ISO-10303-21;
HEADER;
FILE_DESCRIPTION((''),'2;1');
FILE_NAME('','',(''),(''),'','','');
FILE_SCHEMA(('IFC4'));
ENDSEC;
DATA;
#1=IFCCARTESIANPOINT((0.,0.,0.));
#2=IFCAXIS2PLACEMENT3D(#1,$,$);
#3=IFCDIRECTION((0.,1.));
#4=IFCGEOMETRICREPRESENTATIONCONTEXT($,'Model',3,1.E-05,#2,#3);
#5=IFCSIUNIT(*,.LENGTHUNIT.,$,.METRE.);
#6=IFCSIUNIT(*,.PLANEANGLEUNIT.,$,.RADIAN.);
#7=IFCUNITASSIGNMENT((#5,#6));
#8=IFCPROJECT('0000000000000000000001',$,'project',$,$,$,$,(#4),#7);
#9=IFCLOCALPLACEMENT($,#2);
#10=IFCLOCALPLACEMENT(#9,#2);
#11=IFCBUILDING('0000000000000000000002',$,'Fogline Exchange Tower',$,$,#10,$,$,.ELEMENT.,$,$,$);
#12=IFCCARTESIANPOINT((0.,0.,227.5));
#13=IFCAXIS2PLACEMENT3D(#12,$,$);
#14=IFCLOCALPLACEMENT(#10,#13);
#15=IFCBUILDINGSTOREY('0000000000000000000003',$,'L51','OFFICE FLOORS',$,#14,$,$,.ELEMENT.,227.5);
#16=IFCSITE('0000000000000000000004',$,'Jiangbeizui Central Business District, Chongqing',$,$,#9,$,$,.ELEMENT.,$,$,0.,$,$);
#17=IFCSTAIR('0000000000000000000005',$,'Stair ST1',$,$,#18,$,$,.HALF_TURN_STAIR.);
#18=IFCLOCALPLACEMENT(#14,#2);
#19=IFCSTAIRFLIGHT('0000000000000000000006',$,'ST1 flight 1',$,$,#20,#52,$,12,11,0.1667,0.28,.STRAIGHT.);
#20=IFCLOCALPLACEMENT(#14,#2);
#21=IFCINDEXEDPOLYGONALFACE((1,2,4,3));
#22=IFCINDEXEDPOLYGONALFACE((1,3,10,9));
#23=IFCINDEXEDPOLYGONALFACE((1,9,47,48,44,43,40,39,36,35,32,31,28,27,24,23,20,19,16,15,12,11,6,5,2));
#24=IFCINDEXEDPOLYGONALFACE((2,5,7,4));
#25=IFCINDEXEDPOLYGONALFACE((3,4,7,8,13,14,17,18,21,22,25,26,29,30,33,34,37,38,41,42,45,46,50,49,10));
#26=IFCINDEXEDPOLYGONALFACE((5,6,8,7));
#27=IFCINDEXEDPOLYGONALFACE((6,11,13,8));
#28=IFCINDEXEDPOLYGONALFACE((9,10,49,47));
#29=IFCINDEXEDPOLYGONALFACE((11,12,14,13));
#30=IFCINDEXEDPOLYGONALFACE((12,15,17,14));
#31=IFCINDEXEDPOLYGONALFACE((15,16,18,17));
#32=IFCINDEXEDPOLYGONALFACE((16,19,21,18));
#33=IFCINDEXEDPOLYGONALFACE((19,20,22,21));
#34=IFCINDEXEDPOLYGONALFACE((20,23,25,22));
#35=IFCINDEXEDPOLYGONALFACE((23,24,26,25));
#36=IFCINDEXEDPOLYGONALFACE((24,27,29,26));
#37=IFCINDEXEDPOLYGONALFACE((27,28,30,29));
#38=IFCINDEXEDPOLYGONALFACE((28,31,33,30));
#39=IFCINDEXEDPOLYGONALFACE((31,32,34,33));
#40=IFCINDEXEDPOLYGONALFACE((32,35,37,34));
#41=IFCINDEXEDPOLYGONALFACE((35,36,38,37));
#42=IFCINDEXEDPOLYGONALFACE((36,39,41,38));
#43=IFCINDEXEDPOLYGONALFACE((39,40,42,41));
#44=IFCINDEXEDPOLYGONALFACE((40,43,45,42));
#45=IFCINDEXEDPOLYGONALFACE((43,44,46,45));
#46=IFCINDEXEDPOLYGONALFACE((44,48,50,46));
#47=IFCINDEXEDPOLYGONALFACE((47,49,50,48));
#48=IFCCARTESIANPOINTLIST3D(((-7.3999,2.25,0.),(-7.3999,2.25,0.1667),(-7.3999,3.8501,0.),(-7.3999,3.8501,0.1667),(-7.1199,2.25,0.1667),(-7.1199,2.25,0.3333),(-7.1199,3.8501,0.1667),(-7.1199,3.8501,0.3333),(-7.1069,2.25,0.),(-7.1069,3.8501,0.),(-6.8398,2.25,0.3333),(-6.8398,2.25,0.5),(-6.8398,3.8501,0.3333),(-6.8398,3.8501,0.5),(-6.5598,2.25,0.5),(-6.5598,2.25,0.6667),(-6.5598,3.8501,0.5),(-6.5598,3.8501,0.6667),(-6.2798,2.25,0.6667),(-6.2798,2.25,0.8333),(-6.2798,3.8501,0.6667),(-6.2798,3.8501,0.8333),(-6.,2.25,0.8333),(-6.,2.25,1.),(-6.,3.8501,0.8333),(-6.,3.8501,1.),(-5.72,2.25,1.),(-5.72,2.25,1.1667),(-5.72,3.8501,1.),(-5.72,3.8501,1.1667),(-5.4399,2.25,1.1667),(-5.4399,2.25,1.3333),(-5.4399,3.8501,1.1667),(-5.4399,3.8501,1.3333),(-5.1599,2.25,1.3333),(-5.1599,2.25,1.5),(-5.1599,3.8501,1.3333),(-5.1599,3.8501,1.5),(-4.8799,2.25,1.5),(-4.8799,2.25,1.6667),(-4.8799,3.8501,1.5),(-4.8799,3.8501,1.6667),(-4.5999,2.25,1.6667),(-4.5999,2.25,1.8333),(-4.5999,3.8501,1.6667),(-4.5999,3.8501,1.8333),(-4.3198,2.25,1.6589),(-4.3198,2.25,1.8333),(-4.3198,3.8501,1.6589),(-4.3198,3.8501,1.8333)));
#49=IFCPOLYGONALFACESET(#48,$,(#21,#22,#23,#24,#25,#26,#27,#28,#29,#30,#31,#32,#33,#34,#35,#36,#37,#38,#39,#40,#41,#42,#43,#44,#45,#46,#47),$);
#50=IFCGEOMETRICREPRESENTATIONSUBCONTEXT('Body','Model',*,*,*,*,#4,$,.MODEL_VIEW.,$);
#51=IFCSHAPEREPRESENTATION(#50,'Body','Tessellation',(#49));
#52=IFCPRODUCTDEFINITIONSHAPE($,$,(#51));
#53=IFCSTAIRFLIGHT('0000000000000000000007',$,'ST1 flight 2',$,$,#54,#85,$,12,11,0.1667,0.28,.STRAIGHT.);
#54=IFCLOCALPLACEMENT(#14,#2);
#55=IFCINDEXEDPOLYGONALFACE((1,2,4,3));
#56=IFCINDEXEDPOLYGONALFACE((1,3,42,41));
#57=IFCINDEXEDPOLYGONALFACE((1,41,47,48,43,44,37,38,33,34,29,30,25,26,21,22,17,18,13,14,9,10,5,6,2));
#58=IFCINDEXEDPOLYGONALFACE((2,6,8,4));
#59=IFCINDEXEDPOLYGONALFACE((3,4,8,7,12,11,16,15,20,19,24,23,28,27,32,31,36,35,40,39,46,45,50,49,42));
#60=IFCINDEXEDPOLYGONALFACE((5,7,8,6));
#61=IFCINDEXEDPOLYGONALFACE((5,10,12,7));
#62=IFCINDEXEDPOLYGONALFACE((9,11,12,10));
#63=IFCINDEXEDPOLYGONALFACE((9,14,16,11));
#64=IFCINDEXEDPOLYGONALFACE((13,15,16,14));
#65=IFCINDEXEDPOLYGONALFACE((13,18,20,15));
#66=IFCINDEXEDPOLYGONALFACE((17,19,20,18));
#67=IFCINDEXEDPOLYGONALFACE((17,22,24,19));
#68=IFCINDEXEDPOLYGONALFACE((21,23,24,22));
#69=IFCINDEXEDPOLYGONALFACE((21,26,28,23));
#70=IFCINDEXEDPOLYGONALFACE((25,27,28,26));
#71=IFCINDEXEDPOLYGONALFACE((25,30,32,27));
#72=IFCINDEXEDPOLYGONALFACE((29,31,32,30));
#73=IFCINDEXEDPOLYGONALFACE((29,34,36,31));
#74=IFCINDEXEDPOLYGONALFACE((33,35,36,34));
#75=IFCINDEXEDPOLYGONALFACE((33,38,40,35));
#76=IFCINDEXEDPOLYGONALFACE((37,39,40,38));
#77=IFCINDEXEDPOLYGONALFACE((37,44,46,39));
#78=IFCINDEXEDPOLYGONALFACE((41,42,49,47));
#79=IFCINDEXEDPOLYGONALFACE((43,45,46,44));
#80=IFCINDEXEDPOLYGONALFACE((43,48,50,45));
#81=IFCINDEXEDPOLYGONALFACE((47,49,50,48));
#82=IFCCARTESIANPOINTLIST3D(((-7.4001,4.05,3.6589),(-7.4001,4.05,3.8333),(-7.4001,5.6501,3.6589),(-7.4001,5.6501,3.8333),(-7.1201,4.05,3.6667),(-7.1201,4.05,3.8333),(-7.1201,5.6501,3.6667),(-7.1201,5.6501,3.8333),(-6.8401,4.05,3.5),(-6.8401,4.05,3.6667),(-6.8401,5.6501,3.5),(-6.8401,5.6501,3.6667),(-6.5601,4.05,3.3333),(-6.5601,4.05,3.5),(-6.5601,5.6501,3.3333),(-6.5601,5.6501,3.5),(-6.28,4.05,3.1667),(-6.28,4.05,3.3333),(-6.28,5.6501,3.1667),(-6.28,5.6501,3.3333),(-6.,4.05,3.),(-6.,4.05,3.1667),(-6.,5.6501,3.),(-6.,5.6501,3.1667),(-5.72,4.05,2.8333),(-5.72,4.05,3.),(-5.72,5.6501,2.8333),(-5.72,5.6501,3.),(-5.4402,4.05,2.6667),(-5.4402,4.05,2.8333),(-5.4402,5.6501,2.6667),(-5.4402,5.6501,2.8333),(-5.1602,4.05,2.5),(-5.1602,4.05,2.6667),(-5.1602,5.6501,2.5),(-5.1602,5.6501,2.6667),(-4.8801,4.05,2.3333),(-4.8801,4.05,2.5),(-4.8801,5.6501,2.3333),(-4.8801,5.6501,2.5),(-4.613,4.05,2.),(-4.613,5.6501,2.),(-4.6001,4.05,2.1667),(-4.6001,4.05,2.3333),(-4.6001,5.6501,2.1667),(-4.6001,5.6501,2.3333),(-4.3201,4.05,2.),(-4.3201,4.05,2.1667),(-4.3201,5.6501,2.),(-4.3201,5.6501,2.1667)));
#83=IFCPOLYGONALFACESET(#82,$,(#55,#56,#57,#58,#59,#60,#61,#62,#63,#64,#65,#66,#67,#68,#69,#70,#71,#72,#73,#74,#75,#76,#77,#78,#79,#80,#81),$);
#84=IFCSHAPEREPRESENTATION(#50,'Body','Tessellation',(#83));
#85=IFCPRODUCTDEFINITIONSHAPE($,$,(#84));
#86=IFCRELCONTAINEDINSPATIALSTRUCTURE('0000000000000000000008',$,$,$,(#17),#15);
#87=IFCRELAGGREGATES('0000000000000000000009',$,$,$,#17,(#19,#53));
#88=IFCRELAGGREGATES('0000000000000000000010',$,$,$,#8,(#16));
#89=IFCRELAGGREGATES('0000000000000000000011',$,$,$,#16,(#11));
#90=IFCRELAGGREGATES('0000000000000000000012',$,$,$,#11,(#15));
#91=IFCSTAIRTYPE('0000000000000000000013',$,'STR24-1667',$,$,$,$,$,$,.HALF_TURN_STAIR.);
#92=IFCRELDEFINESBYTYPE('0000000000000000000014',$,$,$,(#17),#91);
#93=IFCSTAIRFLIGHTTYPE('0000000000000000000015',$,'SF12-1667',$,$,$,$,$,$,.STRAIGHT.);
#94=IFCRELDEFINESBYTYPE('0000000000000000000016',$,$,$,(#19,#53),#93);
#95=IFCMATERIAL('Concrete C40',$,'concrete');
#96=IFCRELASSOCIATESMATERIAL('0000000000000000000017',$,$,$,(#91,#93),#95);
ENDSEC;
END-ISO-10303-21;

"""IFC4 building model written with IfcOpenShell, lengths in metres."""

from ifc_helpers import new_model, si_unit, direction, frame, origin, place, context, subcontext, project, spatial, polyline, outline, extrude, material, type_object, element, aggregate, save


model = new_model("IFC4")

# Units and contexts
model_context = context("Model", 3, precision=1e-05, world=origin(), true_north=direction((0.0, 1.0)))
body_context = subcontext(model_context, "Body", "Model", "MODEL_VIEW")
ifc_project = project(units=[si_unit("LENGTHUNIT", "METRE"), si_unit("PLANEANGLEUNIT", "RADIAN")], contexts=[model_context])

# Site, building, storey
site_placement = place(None, origin())
site = spatial("IfcSite", under=ifc_project, at=site_placement, Name="Jiangbeizui Central Business District, Chongqing", CompositionType="ELEMENT", RefElevation=0.0)
building_placement = place(site_placement, origin())
building = spatial("IfcBuilding", under=site, at=building_placement, Name="Fogline Exchange Tower", CompositionType="ELEMENT")
storey_placement = place(building_placement, frame((0.0, 0.0, 227.5)))
storey = spatial("IfcBuildingStorey", under=building, at=storey_placement, Name="L51", Description="OFFICE FLOORS", CompositionType="ELEMENT", Elevation=227.5)

# Shared definitions
ifc_material_1 = material(Name="Concrete C40", Category="concrete")

# Stair, stair flights
stair_type = type_object("IfcStairType", Name="STR24-1667", PredefinedType="HALF_TURN_STAIR", material=ifc_material_1)
stair_placement = place(storey_placement, origin())
stair = element("IfcStair", 1, at=stair_placement, inside=storey, type_object=stair_type, Name="Stair ST1", PredefinedType="HALF_TURN_STAIR")
stair_flight_type = type_object("IfcStairFlightType", Name="SF12-1667", PredefinedType="STRAIGHT", material=ifc_material_1)
stair_flight_1_placement = place(storey_placement, frame((-7.3999, 3.05, 0.0), z_axis=(0.0, 0.0, 1.0), x_axis=(1.0, 0.0, 0.0)))
stair_flight_1 = element("IfcStairFlight", 2, at=stair_flight_1_placement, type_object=stair_flight_type, Name="ST1 flight 1", NumberOfRisers=12, NumberOfTreads=11, PredefinedType="STRAIGHT", RiserHeight=0.1667, TreadLength=0.28, context=body_context, shape_type="SweptSolid", body=[
    extrude(outline(polyline([(0.0, 0.0), (0.0, 0.1667), (0.28, 0.1667), (0.28, 0.3333), (0.5601, 0.3333), (0.5601, 0.5), (0.8401, 0.5), (0.8401, 0.6667), (1.1201, 0.6667), (1.1201, 0.8333), (1.3999, 0.8333), (1.3999, 1.0), (1.6799, 1.0), (1.6799, 1.1667), (1.96, 1.1667), (1.96, 1.3333), (2.24, 1.3333), (2.24, 1.5), (2.52, 1.5), (2.52, 1.6667), (2.8, 1.6667), (2.8, 1.8333), (3.0801, 1.8333), (3.0801, 2.0), (3.0801, 1.6589), (0.293, 0.0), (0.0, 0.0)])), frame((0.0, 0.8, 0.0), z_axis=(0.0, -1.0, 0.0), x_axis=(1.0, 0.0, 0.0)), (0.0, 0.0, 1.0), 1.6001),
])
stair_flight_2_placement = place(storey_placement, frame((-4.3201, 4.8501, 2.0), z_axis=(0.0, 0.0, 1.0), x_axis=(-1.0, 0.0, 0.0)))
stair_flight_2 = element("IfcStairFlight", 3, at=stair_flight_2_placement, type_object=stair_flight_type, Name="ST1 flight 2", NumberOfRisers=12, NumberOfTreads=11, PredefinedType="STRAIGHT", RiserHeight=0.1667, TreadLength=0.28, context=body_context, shape_type="SweptSolid", body=[
    extrude(outline(polyline([(0.0, 0.0), (0.0, 0.1667), (0.28, 0.1667), (0.28, 0.3333), (0.5601, 0.3333), (0.5601, 0.5), (0.8401, 0.5), (0.8401, 0.6667), (1.1201, 0.6667), (1.1201, 0.8333), (1.3999, 0.8333), (1.3999, 1.0), (1.6799, 1.0), (1.6799, 1.1667), (1.96, 1.1667), (1.96, 1.3333), (2.24, 1.3333), (2.24, 1.5), (2.52, 1.5), (2.52, 1.6667), (2.8, 1.6667), (2.8, 1.8333), (3.0801, 1.8333), (3.0801, 2.0), (3.0801, 1.6589), (0.293, 0.0), (0.0, 0.0)])), frame((0.0, 0.8, 0.0), z_axis=(0.0, -1.0, 0.0), x_axis=(1.0, 0.0, 0.0)), (0.0, 0.0, 1.0), 1.6001),
])
aggregate(stair, [stair_flight_1, stair_flight_2])

save(model, "model.ifc")
